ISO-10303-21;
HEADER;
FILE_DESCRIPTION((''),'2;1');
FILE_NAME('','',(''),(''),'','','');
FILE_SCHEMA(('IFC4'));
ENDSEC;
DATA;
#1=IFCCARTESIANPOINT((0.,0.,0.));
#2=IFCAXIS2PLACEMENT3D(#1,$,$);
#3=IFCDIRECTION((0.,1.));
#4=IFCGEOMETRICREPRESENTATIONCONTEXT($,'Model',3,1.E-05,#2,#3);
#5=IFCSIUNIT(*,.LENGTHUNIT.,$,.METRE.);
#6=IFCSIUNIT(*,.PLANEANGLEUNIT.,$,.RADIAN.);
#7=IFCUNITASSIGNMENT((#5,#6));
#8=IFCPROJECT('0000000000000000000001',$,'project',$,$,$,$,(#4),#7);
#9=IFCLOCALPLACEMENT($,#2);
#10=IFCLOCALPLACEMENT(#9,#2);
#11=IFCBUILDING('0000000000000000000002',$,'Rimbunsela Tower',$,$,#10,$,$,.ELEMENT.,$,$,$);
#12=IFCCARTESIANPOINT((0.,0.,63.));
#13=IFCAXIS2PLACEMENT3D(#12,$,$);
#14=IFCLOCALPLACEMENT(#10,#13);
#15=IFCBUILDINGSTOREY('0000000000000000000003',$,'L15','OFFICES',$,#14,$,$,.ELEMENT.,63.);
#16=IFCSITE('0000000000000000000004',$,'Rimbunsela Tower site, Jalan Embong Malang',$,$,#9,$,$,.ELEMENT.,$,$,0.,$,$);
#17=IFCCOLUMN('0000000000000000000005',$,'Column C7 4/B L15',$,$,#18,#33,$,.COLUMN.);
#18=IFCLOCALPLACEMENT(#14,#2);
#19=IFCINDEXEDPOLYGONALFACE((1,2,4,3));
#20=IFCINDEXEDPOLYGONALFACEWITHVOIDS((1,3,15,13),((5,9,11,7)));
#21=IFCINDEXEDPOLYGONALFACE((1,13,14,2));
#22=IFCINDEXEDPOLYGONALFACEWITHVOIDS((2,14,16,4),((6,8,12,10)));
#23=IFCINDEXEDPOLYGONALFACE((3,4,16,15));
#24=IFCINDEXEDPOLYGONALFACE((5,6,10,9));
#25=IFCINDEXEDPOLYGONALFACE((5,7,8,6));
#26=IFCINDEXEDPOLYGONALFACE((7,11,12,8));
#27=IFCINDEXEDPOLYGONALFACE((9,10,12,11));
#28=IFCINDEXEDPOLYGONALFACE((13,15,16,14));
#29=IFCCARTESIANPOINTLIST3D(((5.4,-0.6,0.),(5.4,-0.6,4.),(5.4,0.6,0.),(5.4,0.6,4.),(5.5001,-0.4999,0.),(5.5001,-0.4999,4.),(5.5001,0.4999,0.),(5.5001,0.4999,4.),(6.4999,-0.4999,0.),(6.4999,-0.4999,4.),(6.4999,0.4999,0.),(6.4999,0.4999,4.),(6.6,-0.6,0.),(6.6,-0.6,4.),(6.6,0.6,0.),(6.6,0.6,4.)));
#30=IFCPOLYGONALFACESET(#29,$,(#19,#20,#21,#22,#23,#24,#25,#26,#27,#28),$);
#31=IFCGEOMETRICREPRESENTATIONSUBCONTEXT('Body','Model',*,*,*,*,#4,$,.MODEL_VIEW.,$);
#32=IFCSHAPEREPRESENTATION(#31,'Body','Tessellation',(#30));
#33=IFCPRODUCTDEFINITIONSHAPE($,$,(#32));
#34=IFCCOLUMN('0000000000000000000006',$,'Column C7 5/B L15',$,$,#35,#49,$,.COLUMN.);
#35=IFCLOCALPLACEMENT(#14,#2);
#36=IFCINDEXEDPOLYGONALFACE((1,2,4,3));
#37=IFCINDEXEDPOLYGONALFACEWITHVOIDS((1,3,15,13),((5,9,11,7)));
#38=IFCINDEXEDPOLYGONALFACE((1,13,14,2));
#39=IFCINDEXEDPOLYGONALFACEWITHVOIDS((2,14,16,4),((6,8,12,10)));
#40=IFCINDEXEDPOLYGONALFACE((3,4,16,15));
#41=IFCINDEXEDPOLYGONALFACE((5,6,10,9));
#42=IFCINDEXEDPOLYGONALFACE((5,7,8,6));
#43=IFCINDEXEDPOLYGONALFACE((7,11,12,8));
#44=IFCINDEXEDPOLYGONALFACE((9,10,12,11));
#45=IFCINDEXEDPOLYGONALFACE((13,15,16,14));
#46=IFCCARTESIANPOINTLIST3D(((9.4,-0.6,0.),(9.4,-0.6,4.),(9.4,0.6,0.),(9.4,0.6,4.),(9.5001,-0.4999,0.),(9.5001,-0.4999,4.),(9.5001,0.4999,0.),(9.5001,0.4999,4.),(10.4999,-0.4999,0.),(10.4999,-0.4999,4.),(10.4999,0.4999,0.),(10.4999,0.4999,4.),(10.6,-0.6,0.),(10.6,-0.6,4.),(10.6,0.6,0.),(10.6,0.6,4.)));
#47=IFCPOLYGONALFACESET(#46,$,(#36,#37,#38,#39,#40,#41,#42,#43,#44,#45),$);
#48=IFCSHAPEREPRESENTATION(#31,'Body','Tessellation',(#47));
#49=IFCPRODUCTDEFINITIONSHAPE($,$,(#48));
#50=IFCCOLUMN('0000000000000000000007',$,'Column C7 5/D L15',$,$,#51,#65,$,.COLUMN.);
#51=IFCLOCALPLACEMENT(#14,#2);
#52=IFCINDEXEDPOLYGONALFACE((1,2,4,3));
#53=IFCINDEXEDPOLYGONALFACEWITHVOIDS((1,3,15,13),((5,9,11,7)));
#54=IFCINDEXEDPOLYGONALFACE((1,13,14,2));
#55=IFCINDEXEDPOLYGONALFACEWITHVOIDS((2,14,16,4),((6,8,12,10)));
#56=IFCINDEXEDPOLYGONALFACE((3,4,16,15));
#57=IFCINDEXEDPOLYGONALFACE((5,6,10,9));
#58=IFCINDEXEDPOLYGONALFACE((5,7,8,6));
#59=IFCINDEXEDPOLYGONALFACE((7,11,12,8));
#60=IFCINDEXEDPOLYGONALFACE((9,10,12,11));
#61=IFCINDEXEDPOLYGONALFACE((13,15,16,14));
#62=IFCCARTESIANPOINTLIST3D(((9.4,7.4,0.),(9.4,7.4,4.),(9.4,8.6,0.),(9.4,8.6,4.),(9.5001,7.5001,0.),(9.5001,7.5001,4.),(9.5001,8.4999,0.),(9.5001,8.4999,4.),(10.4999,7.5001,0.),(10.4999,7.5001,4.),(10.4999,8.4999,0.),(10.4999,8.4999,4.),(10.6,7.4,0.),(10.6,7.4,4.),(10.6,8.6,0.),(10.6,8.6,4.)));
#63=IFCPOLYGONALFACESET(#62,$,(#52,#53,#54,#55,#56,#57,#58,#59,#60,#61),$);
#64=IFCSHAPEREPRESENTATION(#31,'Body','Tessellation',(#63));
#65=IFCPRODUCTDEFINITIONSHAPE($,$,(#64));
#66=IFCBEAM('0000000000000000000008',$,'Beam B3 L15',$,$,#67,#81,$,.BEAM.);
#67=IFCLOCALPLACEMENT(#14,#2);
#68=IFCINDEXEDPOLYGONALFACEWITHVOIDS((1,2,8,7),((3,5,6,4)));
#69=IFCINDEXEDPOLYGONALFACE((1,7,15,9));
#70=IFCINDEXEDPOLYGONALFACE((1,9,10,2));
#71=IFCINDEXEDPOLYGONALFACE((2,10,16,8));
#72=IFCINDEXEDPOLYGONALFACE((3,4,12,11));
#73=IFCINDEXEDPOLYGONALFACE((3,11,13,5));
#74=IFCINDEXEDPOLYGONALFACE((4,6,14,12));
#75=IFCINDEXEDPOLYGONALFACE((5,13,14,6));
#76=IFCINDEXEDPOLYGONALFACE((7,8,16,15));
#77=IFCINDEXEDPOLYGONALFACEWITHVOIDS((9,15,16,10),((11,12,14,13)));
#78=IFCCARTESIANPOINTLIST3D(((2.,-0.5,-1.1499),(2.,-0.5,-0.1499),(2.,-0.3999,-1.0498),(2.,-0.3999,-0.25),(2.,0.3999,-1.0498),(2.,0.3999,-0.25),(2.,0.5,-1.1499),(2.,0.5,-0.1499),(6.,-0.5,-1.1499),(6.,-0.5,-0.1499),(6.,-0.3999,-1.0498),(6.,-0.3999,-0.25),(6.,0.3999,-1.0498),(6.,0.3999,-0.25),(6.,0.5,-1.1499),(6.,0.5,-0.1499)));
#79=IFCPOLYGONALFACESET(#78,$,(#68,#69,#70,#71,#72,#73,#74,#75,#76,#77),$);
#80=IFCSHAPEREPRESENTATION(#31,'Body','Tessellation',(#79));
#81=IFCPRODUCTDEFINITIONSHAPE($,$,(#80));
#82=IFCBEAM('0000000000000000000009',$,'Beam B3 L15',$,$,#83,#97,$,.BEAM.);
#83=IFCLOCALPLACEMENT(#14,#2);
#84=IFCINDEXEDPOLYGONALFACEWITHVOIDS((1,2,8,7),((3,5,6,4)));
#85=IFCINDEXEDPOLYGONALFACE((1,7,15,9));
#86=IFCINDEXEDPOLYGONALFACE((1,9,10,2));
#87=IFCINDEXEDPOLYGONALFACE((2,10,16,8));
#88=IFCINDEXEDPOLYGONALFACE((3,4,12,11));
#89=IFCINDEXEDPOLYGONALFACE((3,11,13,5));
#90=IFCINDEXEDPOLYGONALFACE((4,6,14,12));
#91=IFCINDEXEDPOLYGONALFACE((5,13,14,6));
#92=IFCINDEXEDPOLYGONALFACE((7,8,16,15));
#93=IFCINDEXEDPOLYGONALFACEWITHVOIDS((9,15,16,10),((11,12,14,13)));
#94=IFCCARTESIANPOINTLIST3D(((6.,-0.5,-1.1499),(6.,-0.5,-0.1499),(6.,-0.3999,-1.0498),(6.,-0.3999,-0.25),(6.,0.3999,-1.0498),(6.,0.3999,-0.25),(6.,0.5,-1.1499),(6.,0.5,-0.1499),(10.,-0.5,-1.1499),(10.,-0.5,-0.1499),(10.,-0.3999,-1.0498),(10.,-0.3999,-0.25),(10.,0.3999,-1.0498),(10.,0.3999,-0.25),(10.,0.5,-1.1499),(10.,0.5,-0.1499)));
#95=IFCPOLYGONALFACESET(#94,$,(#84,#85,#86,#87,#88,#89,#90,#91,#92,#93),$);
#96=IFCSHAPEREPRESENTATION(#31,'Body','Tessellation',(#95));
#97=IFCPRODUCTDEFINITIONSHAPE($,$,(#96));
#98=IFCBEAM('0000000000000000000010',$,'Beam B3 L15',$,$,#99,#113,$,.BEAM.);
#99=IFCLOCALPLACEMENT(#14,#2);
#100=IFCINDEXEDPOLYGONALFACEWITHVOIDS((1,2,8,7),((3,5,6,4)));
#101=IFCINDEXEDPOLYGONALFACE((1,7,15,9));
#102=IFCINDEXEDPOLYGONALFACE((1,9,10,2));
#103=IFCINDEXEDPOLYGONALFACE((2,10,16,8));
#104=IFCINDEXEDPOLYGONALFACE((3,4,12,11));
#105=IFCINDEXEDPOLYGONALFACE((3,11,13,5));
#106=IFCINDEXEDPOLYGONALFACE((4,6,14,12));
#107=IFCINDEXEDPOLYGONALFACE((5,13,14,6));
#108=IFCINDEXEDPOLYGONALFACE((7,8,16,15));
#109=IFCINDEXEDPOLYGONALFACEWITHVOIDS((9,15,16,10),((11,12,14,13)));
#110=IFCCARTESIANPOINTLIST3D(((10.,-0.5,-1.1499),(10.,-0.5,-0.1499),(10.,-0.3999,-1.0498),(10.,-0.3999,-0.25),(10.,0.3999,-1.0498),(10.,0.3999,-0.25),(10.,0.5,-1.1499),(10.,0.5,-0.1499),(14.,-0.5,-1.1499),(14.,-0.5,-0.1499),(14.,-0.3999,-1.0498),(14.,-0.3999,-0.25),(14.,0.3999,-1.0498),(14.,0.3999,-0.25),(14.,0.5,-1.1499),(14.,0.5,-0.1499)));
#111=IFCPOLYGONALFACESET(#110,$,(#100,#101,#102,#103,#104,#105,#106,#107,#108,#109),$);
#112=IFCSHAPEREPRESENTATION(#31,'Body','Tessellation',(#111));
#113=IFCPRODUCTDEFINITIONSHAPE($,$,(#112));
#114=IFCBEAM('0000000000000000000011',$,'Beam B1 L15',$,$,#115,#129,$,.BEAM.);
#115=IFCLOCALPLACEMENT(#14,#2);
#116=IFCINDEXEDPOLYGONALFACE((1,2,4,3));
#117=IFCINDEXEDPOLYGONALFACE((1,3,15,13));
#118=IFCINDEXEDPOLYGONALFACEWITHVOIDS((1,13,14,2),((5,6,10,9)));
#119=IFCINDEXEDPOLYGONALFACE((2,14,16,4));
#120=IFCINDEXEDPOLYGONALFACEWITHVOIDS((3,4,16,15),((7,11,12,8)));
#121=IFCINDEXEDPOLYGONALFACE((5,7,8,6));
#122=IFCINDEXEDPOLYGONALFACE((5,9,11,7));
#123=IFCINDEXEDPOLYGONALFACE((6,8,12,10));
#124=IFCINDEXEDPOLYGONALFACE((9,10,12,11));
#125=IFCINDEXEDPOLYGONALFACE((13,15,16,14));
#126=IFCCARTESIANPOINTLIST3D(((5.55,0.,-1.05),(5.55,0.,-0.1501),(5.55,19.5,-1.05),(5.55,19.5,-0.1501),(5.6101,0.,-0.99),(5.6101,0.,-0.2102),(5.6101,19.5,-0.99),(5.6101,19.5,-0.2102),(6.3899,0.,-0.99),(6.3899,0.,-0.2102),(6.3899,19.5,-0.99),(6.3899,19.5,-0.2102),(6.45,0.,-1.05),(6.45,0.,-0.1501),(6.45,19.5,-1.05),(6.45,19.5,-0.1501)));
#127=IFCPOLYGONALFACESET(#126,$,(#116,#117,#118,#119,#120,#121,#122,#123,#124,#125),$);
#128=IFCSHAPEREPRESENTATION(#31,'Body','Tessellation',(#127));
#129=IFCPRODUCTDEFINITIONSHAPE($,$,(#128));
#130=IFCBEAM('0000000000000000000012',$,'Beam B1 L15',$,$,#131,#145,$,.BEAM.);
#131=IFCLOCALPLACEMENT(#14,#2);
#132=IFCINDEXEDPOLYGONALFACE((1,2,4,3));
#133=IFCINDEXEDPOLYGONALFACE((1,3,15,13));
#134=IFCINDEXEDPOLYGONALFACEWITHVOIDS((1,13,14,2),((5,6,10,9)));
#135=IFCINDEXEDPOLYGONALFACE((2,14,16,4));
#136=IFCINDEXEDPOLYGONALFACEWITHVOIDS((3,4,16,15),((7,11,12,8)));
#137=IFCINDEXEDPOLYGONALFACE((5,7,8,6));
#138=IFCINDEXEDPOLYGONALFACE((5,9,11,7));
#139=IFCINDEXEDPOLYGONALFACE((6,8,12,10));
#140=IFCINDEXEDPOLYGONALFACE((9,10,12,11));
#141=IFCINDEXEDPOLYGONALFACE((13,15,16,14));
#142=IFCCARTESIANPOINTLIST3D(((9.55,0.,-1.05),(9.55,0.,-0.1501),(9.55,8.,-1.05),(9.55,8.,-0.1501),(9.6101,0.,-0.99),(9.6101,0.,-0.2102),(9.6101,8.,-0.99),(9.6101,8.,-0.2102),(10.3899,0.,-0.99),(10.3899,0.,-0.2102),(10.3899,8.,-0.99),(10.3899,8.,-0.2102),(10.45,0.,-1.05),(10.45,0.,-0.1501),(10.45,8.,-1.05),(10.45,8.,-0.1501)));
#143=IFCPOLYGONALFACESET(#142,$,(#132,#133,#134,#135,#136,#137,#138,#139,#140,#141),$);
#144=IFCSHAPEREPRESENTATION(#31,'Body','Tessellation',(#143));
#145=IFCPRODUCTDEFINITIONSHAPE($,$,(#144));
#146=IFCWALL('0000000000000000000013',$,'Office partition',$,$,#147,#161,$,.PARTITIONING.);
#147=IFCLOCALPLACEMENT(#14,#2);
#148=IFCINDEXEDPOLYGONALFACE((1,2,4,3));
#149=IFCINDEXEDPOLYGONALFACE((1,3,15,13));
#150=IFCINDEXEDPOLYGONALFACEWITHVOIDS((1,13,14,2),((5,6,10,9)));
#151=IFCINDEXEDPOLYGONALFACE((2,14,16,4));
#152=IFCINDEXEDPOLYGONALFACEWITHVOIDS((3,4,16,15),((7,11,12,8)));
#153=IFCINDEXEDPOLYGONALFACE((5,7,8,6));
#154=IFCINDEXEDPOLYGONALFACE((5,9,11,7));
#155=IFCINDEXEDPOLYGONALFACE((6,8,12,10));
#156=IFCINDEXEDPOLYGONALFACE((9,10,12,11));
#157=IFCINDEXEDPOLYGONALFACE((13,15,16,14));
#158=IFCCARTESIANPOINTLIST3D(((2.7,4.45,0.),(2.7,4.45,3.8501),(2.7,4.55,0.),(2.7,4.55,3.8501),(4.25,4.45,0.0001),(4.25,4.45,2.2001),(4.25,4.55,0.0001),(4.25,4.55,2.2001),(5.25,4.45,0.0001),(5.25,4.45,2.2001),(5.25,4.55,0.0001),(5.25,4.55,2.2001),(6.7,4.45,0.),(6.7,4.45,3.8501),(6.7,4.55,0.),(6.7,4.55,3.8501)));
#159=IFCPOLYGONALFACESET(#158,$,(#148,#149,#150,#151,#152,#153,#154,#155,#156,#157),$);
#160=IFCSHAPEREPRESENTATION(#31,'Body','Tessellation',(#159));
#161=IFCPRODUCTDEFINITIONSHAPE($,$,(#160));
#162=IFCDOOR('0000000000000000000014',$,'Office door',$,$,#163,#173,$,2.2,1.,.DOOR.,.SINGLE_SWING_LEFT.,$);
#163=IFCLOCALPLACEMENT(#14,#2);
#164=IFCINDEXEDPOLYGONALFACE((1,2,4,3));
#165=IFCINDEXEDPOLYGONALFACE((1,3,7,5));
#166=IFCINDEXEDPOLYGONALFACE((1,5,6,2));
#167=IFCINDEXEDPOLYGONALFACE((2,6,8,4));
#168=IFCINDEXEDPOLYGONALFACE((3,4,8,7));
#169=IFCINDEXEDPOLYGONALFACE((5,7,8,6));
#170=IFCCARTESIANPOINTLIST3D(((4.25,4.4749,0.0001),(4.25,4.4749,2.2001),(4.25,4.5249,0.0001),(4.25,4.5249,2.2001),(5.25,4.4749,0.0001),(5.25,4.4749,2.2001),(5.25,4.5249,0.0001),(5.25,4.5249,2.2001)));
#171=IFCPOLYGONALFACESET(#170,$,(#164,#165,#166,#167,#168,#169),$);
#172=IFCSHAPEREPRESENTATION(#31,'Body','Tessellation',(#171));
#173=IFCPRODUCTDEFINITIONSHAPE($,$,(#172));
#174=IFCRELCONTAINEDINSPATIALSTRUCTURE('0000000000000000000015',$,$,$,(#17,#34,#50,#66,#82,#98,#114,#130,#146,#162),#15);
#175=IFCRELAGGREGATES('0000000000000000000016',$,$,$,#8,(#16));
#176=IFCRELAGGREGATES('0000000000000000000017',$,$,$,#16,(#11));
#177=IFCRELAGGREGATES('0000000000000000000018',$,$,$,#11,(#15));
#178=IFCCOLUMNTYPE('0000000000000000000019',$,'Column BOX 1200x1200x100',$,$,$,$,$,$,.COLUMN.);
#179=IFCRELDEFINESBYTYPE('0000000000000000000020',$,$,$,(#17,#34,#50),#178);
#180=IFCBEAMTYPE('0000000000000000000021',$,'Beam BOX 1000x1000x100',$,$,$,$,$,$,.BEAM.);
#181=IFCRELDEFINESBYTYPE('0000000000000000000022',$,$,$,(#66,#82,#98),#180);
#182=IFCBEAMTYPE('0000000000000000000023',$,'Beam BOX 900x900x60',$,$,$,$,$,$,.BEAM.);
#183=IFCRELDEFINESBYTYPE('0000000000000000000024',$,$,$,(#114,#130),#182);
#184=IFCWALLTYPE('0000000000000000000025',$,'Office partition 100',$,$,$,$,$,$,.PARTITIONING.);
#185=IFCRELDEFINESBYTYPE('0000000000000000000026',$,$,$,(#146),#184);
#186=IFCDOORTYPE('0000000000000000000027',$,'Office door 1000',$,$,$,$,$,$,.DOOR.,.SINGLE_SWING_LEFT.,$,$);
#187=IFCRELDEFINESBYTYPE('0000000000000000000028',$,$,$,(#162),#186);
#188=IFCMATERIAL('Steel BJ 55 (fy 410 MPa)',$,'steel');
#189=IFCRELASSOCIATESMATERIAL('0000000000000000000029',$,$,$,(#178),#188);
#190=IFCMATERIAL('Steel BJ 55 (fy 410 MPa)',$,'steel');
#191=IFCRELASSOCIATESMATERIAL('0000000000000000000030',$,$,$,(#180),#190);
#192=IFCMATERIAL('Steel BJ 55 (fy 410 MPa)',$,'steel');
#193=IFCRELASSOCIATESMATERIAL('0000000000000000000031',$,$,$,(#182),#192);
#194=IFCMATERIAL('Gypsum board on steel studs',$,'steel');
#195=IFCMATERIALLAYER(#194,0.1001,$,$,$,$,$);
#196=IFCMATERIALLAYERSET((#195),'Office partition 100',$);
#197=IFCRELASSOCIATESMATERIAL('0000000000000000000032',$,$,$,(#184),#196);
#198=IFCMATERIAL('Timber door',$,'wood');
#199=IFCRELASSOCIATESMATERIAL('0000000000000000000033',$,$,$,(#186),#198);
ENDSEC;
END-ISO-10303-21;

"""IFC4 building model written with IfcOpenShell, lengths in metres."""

from ifc_helpers import new_model, si_unit, direction, frame, frame_2d, origin, origin_2d, place, context, subcontext, project, spatial, rectangle, hollow_rectangle, extrude, material, layer, layer_set, material_profile, profile_set, type_object, element, fill, save


model = new_model("IFC4")

# Units and contexts
model_context = context("Model", 3, precision=1e-05, world=origin(), true_north=direction((0.0, 1.0)))
body_context = subcontext(model_context, "Body", "Model", "MODEL_VIEW")
ifc_project = project(units=[si_unit("LENGTHUNIT", "METRE"), si_unit("PLANEANGLEUNIT", "RADIAN")], contexts=[model_context])

# Site, building, storey
site_placement = place(None, origin())
site = spatial("IfcSite", under=ifc_project, at=site_placement, Name="Rimbunsela Tower site, Jalan Embong Malang", CompositionType="ELEMENT", RefElevation=0.0)
building_placement = place(site_placement, origin())
building = spatial("IfcBuilding", under=site, at=building_placement, Name="Rimbunsela Tower", CompositionType="ELEMENT")
storey_placement = place(building_placement, frame((0.0, 0.0, 63.0)))
storey = spatial("IfcBuildingStorey", under=building, at=storey_placement, Name="L15", Description="OFFICES", CompositionType="ELEMENT", Elevation=63.0)

# Columns
ifc_material_1 = material(Name="Steel BJ 55 (fy 410 MPa)", Category="steel")
ifc_material_profile_1 = material_profile(ifc_material_1, hollow_rectangle(XDim=1.2, YDim=1.2, WallThickness=0.1001, at=origin_2d()), Name="BOX 1200x1200x100")
ifc_profile_set_1 = profile_set([ifc_material_profile_1], Name="Steel BJ 55 (fy 410 MPa)")
column_type = type_object("IfcColumnType", Name="Column BOX 1200x1200x100", PredefinedType="COLUMN", material=ifc_profile_set_1)
for number, where, z_axis, x_axis, name in (
    (1, (6.0, 0.0, 0.0), (0.0, 0.0, 1.0), (1.0, 0.0, 0.0), "Column C7 4/B L15"),
    (2, (10.0, 0.0, 0.0), (0.0, 0.0, 1.0), (1.0, 0.0, 0.0), "Column C7 5/B L15"),
    (3, (10.0, 8.0, 0.0), (0.0, 0.0, 1.0), (1.0, 0.0, 0.0), "Column C7 5/D L15"),
):
    element("IfcColumn", number, at=place(storey_placement, frame(where, z_axis=z_axis, x_axis=x_axis)), inside=storey, type_object=column_type, Name=name, PredefinedType="COLUMN", context=body_context, shape_type="SweptSolid", body=[
        extrude(hollow_rectangle(XDim=1.2, YDim=1.2, WallThickness=0.1001, at=origin_2d()), origin(), (0.0, 0.0, 1.0), 4.0),
    ])

# Beams
ifc_material_2 = material(Name="Steel BJ 55 (fy 410 MPa)", Category="steel")
ifc_material_profile_2 = material_profile(ifc_material_2, hollow_rectangle(XDim=1.0, YDim=1.0, WallThickness=0.1001, at=origin_2d()), Name="BOX 1000x1000x100")
ifc_profile_set_2 = profile_set([ifc_material_profile_2], Name="Steel BJ 55 (fy 410 MPa)")
beam_type_1 = type_object("IfcBeamType", Name="Beam BOX 1000x1000x100", PredefinedType="BEAM", material=ifc_profile_set_2)
for number, where, z_axis, x_axis, name in (
    (4, (2.0, 0.0, -0.6499), (1.0, 0.0, 0.0), (0.0, 1.0, 0.0), "Beam B3 L15"),
    (5, (6.0, 0.0, -0.6499), (1.0, 0.0, 0.0), (0.0, 1.0, 0.0), "Beam B3 L15"),
    (6, (10.0, 0.0, -0.6499), (1.0, 0.0, 0.0), (0.0, 1.0, 0.0), "Beam B3 L15"),
):
    element("IfcBeam", number, at=place(storey_placement, frame(where, z_axis=z_axis, x_axis=x_axis)), inside=storey, type_object=beam_type_1, Name=name, PredefinedType="BEAM", context=body_context, shape_type="SweptSolid", body=[
        extrude(hollow_rectangle(XDim=1.0, YDim=1.0, WallThickness=0.1001, at=origin_2d()), origin(), (0.0, 0.0, 1.0), 4.0),
    ])
ifc_material_3 = material(Name="Steel BJ 55 (fy 410 MPa)", Category="steel")
ifc_material_profile_3 = material_profile(ifc_material_3, hollow_rectangle(XDim=0.8999, YDim=0.8999, WallThickness=0.0601, at=origin_2d()), Name="BOX 900x900x60")
ifc_profile_set_3 = profile_set([ifc_material_profile_3], Name="Steel BJ 55 (fy 410 MPa)")
beam_type_2 = type_object("IfcBeamType", Name="Beam BOX 900x900x60", PredefinedType="BEAM", material=ifc_profile_set_3)
beam_1_placement = place(storey_placement, frame((6.0, 0.0, -0.6001), z_axis=(0.0, 1.0, 0.0), x_axis=(-1.0, 0.0, 0.0)))
element("IfcBeam", 7, at=beam_1_placement, inside=storey, type_object=beam_type_2, Name="Beam B1 L15", PredefinedType="BEAM", context=body_context, shape_type="SweptSolid", body=[
    extrude(hollow_rectangle(XDim=0.8999, YDim=0.8999, WallThickness=0.0601, at=origin_2d()), origin(), (0.0, 0.0, 1.0), 19.5),
])
beam_2_placement = place(storey_placement, frame((10.0, 0.0, -0.6001), z_axis=(0.0, 1.0, 0.0), x_axis=(-1.0, 0.0, 0.0)))
element("IfcBeam", 8, at=beam_2_placement, inside=storey, type_object=beam_type_2, Name="Beam B1 L15", PredefinedType="BEAM", context=body_context, shape_type="SweptSolid", body=[
    extrude(hollow_rectangle(XDim=0.8999, YDim=0.8999, WallThickness=0.0601, at=origin_2d()), origin(), (0.0, 0.0, 1.0), 8.0),
])

# Wall, opening, door
ifc_material_4 = material(Name="Gypsum board on steel studs", Category="steel")
ifc_layer_1 = layer(ifc_material_4, 0.1001)
ifc_layer_set_1 = layer_set([ifc_layer_1], Name="Office partition 100")
wall_type_1 = type_object("IfcWallType", Name="Office partition 100", PredefinedType="PARTITIONING", material=ifc_layer_set_1)
wall_1_placement = place(storey_placement, frame((2.7, 4.5, 0.0), z_axis=(0.0, 0.0, 1.0), x_axis=(1.0, 0.0, 0.0)))
wall_1 = element("IfcWall", 9, at=wall_1_placement, inside=storey, type_object=wall_type_1, Name="Office partition", PredefinedType="PARTITIONING", context=body_context, shape_type="SweptSolid", body=[
    extrude(rectangle(XDim=4.0, YDim=0.1001, at=frame_2d((2.0, 0.0))), origin(), (0.0, 0.0, 1.0), 3.8501),
])
opening_1_placement = place(wall_1_placement, frame((1.55, 0.0, 0.0)))
opening_1 = element("IfcOpeningElement", 10, at=opening_1_placement, cuts=wall_1, PredefinedType="OPENING", context=body_context, shape_type="SweptSolid", body=[
    extrude(rectangle(XDim=1.0, YDim=2.2, at=frame_2d((0.5, 1.1001))), frame((0.0, 0.0601, 0.0), z_axis=(0.0, -1.0, 0.0), x_axis=(1.0, 0.0, 0.0)), (0.0, 0.0, 1.0), 0.1201),
])
ifc_material_5 = material(Name="Timber door", Category="wood")
door_type_1 = type_object("IfcDoorType", Name="Office door 1000", OperationType="SINGLE_SWING_LEFT", PredefinedType="DOOR", material=ifc_material_5)
door_1_placement = place(opening_1_placement, origin())
door_1 = element("IfcDoor", 11, at=door_1_placement, inside=storey, type_object=door_type_1, Name="Office door", OperationType="SINGLE_SWING_LEFT", OverallHeight=2.2, OverallWidth=1.0, PredefinedType="DOOR", context=body_context, shape_type="SweptSolid", body=[
    extrude(rectangle(XDim=1.0, YDim=2.2, at=frame_2d((0.5, 1.1001))), frame((0.0, 0.0249, 0.0), z_axis=(0.0, -1.0, 0.0), x_axis=(1.0, 0.0, 0.0)), (0.0, 0.0, 1.0), 0.05),
])
fill(opening_1, door_1)

save(model, "model.ifc")
